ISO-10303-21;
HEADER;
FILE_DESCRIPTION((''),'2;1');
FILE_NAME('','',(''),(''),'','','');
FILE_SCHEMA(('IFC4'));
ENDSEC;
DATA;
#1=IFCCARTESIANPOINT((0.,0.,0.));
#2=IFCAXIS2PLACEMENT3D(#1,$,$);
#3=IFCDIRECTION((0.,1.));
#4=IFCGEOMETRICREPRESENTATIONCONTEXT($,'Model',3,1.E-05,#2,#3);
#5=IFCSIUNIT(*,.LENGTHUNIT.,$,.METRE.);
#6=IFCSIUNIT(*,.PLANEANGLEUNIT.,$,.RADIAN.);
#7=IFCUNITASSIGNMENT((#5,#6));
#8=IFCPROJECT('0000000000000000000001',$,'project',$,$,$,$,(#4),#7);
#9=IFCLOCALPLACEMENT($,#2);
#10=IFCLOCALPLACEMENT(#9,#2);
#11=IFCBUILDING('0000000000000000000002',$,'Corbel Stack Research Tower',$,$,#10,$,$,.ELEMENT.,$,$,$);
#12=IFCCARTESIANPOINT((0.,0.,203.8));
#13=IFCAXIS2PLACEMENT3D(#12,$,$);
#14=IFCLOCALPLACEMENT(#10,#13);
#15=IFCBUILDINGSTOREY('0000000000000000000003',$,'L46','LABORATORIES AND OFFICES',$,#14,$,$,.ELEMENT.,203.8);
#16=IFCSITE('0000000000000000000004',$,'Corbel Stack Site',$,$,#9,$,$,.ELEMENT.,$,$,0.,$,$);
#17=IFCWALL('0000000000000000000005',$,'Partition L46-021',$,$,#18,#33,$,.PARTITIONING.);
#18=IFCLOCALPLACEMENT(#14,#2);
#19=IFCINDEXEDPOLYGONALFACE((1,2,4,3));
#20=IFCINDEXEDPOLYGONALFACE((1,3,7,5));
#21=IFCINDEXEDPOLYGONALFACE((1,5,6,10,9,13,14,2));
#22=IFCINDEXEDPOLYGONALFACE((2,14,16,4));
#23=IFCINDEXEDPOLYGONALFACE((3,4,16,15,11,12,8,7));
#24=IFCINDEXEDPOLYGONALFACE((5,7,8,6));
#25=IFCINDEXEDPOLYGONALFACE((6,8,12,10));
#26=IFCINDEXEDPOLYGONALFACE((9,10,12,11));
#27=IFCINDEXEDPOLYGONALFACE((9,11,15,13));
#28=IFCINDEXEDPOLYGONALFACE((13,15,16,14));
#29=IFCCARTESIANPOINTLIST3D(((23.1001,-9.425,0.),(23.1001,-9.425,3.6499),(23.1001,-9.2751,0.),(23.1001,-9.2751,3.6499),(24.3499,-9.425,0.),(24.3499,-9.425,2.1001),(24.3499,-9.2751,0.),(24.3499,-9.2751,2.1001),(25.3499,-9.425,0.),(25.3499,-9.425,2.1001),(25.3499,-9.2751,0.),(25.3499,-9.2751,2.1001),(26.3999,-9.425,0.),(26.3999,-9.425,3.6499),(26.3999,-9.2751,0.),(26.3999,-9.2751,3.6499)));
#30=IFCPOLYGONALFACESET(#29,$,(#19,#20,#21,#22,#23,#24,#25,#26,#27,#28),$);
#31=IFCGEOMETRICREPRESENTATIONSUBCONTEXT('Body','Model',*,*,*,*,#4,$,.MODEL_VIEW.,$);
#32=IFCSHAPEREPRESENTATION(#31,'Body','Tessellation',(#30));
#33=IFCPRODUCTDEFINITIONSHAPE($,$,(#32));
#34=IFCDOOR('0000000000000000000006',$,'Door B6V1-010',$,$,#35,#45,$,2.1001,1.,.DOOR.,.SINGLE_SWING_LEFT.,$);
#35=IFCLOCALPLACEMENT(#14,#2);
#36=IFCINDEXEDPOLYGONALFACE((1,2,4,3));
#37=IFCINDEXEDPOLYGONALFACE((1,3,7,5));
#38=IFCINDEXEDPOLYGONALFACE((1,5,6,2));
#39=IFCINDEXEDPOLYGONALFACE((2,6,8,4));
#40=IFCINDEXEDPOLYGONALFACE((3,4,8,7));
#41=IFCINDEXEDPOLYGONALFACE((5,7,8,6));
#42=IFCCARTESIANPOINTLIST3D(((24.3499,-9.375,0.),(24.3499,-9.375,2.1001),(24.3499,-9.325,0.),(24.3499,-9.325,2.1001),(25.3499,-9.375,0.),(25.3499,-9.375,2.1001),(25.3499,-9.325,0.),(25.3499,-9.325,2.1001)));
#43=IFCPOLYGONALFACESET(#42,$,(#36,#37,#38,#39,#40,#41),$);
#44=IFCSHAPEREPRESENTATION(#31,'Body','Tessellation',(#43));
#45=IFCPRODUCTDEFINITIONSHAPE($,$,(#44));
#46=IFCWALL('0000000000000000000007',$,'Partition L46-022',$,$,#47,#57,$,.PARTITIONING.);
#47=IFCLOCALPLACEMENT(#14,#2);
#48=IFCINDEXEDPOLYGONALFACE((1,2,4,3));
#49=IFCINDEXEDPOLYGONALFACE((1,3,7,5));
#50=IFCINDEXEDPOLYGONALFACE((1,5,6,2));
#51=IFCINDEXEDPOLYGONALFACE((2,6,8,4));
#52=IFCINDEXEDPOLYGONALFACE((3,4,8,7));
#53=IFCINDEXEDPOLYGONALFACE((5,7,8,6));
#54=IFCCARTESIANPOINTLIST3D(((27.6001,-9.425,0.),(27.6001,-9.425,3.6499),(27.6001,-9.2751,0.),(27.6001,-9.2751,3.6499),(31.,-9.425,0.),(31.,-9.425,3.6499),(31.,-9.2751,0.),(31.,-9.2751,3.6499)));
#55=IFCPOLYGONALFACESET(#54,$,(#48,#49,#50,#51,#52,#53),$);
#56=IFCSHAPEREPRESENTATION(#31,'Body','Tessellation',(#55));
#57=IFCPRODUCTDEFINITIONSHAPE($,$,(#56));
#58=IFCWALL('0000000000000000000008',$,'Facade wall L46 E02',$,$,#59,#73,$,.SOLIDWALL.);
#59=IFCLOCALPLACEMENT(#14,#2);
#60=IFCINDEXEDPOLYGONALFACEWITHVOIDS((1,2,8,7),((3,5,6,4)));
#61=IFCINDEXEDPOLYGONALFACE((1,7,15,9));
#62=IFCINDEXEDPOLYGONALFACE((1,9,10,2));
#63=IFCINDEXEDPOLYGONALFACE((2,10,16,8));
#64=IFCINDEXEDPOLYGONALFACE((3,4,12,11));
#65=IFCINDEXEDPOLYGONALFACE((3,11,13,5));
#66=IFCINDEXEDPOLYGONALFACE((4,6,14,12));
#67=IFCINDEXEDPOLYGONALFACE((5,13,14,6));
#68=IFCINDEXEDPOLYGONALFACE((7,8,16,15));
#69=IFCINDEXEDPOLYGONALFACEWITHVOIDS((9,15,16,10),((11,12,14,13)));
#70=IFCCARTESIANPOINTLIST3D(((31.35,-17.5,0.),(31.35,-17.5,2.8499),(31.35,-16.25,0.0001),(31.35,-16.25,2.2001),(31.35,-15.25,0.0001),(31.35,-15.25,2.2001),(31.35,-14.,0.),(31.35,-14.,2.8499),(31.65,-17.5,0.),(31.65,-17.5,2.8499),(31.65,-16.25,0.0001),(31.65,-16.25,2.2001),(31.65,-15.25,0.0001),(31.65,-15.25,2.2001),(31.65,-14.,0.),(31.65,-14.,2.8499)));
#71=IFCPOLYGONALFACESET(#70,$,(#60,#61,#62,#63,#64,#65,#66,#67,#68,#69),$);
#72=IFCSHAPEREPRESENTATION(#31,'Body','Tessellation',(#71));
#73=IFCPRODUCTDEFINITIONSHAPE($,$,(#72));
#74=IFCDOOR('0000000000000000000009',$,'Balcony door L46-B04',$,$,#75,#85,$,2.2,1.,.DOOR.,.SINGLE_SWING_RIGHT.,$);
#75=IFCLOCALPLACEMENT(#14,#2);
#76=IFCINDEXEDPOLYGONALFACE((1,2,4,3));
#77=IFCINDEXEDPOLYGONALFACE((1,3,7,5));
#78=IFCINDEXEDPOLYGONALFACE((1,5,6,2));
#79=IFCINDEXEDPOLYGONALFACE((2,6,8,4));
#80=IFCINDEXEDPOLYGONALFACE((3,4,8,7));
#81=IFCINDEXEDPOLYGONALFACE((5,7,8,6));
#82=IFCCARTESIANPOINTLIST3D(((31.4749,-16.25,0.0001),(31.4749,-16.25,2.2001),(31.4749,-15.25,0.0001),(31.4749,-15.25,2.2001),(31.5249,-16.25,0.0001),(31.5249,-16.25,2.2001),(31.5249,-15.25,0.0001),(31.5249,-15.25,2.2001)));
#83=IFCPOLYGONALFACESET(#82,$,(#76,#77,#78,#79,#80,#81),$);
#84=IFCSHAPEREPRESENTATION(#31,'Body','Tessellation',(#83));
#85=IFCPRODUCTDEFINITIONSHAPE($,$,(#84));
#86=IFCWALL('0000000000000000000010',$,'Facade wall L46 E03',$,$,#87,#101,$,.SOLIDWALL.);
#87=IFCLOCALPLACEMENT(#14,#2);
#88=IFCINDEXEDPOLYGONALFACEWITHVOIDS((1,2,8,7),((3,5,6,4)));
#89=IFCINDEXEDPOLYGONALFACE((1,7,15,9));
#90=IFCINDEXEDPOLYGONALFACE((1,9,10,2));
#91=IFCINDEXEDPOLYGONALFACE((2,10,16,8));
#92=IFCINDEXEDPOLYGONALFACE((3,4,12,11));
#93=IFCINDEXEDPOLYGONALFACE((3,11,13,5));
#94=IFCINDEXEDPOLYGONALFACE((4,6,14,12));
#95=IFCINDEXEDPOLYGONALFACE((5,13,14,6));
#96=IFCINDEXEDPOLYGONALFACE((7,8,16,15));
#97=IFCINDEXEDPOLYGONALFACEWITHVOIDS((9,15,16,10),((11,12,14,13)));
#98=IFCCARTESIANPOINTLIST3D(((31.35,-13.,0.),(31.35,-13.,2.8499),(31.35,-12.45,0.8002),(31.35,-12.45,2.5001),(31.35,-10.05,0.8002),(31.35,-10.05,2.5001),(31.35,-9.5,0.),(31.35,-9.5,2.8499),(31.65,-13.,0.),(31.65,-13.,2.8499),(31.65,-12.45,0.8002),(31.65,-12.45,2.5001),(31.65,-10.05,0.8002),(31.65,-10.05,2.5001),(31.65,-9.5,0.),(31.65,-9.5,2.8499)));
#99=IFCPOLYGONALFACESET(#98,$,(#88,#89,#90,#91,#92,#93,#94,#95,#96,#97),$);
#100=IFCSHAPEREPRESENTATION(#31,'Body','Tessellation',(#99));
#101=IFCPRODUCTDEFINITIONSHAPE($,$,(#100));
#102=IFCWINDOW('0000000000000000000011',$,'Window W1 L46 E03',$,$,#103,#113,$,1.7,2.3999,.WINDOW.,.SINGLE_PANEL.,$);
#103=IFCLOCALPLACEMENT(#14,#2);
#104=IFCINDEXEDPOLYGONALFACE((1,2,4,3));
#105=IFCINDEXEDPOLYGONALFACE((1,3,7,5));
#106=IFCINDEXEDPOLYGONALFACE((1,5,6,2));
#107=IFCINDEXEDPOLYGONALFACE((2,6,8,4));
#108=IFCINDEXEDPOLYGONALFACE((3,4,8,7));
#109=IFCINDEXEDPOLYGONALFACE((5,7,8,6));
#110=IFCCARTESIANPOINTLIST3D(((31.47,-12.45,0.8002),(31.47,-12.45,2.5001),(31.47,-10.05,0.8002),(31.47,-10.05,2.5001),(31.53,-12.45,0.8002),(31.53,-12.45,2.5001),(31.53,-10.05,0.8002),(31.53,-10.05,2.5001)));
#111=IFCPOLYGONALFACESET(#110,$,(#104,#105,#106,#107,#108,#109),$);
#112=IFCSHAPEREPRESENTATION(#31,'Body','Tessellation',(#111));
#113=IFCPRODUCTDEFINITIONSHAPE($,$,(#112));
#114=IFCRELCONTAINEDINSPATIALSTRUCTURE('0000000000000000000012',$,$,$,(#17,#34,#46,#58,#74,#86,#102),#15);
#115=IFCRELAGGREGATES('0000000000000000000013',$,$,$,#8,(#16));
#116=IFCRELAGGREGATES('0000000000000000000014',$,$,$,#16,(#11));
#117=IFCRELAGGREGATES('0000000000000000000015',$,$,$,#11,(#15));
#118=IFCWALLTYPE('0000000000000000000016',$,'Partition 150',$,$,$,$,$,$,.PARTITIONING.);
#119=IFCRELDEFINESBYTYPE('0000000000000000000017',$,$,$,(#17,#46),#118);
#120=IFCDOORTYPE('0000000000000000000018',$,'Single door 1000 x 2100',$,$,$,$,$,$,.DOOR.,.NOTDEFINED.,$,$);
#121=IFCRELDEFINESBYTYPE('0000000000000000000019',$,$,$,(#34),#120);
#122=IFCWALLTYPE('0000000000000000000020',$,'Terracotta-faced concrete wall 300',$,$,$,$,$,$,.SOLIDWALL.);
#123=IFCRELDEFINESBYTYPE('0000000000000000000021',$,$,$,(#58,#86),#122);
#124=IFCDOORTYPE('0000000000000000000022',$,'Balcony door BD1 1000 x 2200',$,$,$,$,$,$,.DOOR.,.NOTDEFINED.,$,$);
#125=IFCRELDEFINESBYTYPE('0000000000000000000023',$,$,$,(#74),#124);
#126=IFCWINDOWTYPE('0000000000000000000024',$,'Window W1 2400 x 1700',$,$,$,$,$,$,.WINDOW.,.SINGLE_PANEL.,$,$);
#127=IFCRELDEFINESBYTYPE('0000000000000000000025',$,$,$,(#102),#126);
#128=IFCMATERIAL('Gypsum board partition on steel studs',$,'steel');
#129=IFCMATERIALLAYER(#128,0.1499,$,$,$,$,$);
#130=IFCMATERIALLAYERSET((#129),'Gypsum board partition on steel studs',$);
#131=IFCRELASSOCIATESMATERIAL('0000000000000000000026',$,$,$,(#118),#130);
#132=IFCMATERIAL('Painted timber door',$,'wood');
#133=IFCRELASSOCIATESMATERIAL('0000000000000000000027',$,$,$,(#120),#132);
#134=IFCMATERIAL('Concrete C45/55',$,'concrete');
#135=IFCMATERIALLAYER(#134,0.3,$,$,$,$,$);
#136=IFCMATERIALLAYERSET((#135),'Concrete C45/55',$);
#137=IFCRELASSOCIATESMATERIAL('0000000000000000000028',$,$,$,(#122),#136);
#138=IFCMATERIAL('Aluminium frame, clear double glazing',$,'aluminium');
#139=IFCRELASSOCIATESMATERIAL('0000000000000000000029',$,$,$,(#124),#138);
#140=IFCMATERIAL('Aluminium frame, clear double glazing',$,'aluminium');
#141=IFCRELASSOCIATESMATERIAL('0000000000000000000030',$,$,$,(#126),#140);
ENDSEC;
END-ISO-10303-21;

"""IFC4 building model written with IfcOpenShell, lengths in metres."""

from ifc_helpers import new_model, si_unit, direction, frame, frame_2d, origin, place, context, subcontext, project, spatial, rectangle, extrude, material, layer, layer_set, type_object, element, fill, save


model = new_model("IFC4")

# Units and contexts
model_context = context("Model", 3, precision=1e-05, world=origin(), true_north=direction((0.0, 1.0)))
body_context = subcontext(model_context, "Body", "Model", "MODEL_VIEW")
ifc_project = project(units=[si_unit("LENGTHUNIT", "METRE"), si_unit("PLANEANGLEUNIT", "RADIAN")], contexts=[model_context])

# Site, building, storey
site_placement = place(None, origin())
site = spatial("IfcSite", under=ifc_project, at=site_placement, Name="Corbel Stack Site", CompositionType="ELEMENT", RefElevation=0.0)
building_placement = place(site_placement, origin())
building = spatial("IfcBuilding", under=site, at=building_placement, Name="Corbel Stack Research Tower", CompositionType="ELEMENT")
storey_placement = place(building_placement, frame((0.0, 0.0, 203.8)))
storey = spatial("IfcBuildingStorey", under=building, at=storey_placement, Name="L46", Description="LABORATORIES AND OFFICES", CompositionType="ELEMENT", Elevation=203.8)

# Shared definitions
ifc_material_1 = material(Name="Gypsum board partition on steel studs", Category="steel")
ifc_layer_1 = layer(ifc_material_1, 0.1499)
ifc_layer_set_1 = layer_set([ifc_layer_1], Name="Gypsum board partition on steel studs")
wall_type_1 = type_object("IfcWallType", Name="Partition 150", PredefinedType="PARTITIONING", material=ifc_layer_set_1)
ifc_material_2 = material(Name="Painted timber door", Category="wood")
door_type_1 = type_object("IfcDoorType", Name="Single door 1000 x 2100", OperationType="NOTDEFINED", PredefinedType="DOOR", material=ifc_material_2)

# Wall, opening, door
wall_1_placement = place(storey_placement, frame((26.3999, -9.3501, 0.0), z_axis=(0.0, 0.0, 1.0), x_axis=(-1.0, 0.0, 0.0)))
wall_1 = element("IfcWall", 1, at=wall_1_placement, inside=storey, type_object=wall_type_1, Name="Partition L46-021", PredefinedType="PARTITIONING", context=body_context, shape_type="SweptSolid", body=[
    extrude(rectangle(XDim=3.2998, YDim=0.1499, at=frame_2d((1.6499, 0.0))), origin(), (0.0, 0.0, 1.0), 3.6499),
])
opening_1_placement = place(wall_1_placement, frame((1.05, 0.0, 0.0)))
opening_1 = element("IfcOpeningElement", 2, at=opening_1_placement, cuts=wall_1, PredefinedType="OPENING", context=body_context, shape_type="SweptSolid", body=[
    extrude(rectangle(XDim=1.0, YDim=2.1001, at=frame_2d((0.5, 1.05))), frame((0.0, 0.085, 0.0), z_axis=(0.0, -1.0, 0.0), x_axis=(1.0, 0.0, 0.0)), (0.0, 0.0, 1.0), 0.1699),
])
door_1_placement = place(opening_1_placement, origin())
door_1 = element("IfcDoor", 3, at=door_1_placement, inside=storey, type_object=door_type_1, Name="Door B6V1-010", OperationType="SINGLE_SWING_LEFT", OverallHeight=2.1001, OverallWidth=1.0, PredefinedType="DOOR", context=body_context, shape_type="SweptSolid", body=[
    extrude(rectangle(XDim=1.0, YDim=2.1001, at=frame_2d((0.5, 1.05))), frame((0.0, 0.0249, 0.0), z_axis=(0.0, -1.0, 0.0), x_axis=(1.0, 0.0, 0.0)), (0.0, 0.0, 1.0), 0.05),
])
fill(opening_1, door_1)

# Wall
wall_2_placement = place(storey_placement, frame((27.6001, -9.3501, 0.0), z_axis=(0.0, 0.0, 1.0), x_axis=(1.0, 0.0, 0.0)))
element("IfcWall", 4, at=wall_2_placement, inside=storey, type_object=wall_type_1, Name="Partition L46-022", PredefinedType="PARTITIONING", context=body_context, shape_type="SweptSolid", body=[
    extrude(rectangle(XDim=3.3999, YDim=0.1499, at=frame_2d((1.7, 0.0))), origin(), (0.0, 0.0, 1.0), 3.6499),
])

# Wall, opening, door
ifc_material_3 = material(Name="Concrete C45/55", Category="concrete")
ifc_layer_2 = layer(ifc_material_3, 0.3)
ifc_layer_set_2 = layer_set([ifc_layer_2], Name="Concrete C45/55")
wall_type_2 = type_object("IfcWallType", Name="Terracotta-faced concrete wall 300", PredefinedType="SOLIDWALL", material=ifc_layer_set_2)
wall_3_placement = place(storey_placement, frame((31.5, -14.0, 0.0), z_axis=(0.0, 0.0, 1.0), x_axis=(0.0, -1.0, 0.0)))
wall_3 = element("IfcWall", 5, at=wall_3_placement, inside=storey, type_object=wall_type_2, Name="Facade wall L46 E02", PredefinedType="SOLIDWALL", context=body_context, shape_type="SweptSolid", body=[
    extrude(rectangle(XDim=3.5, YDim=0.3, at=frame_2d((1.75, 0.0))), origin(), (0.0, 0.0, 1.0), 2.8499),
])
opening_2_placement = place(wall_3_placement, frame((1.25, 0.0, 0.0)))
opening_2 = element("IfcOpeningElement", 6, at=opening_2_placement, cuts=wall_3, PredefinedType="OPENING", context=body_context, shape_type="SweptSolid", body=[
    extrude(rectangle(XDim=1.0, YDim=2.2, at=frame_2d((0.5, 1.1001))), frame((0.0, 0.1599, 0.0), z_axis=(0.0, -1.0, 0.0), x_axis=(1.0, 0.0, 0.0)), (0.0, 0.0, 1.0), 0.3201),
])
ifc_material_4 = material(Name="Aluminium frame, clear double glazing", Category="aluminium")
door_type_2 = type_object("IfcDoorType", Name="Balcony door BD1 1000 x 2200", OperationType="NOTDEFINED", PredefinedType="DOOR", material=ifc_material_4)
door_2_placement = place(opening_2_placement, origin())
door_2 = element("IfcDoor", 7, at=door_2_placement, inside=storey, type_object=door_type_2, Name="Balcony door L46-B04", OperationType="SINGLE_SWING_RIGHT", OverallHeight=2.2, OverallWidth=1.0, PredefinedType="DOOR", context=body_context, shape_type="SweptSolid", body=[
    extrude(rectangle(XDim=1.0, YDim=2.2, at=frame_2d((0.5, 1.1001))), frame((0.0, 0.0249, 0.0), z_axis=(0.0, -1.0, 0.0), x_axis=(1.0, 0.0, 0.0)), (0.0, 0.0, 1.0), 0.05),
])
fill(opening_2, door_2)

# Wall, opening, window
wall_4_placement = place(storey_placement, frame((31.5, -9.5, 0.0), z_axis=(0.0, 0.0, 1.0), x_axis=(0.0, -1.0, 0.0)))
wall_4 = element("IfcWall", 8, at=wall_4_placement, inside=storey, type_object=wall_type_2, Name="Facade wall L46 E03", PredefinedType="SOLIDWALL", context=body_context, shape_type="SweptSolid", body=[
    extrude(rectangle(XDim=3.5, YDim=0.3, at=frame_2d((1.75, 0.0))), origin(), (0.0, 0.0, 1.0), 2.8499),
])
opening_3_placement = place(wall_4_placement, frame((0.55, 0.0, 0.8)))
opening_3 = element("IfcOpeningElement", 9, at=opening_3_placement, cuts=wall_4, PredefinedType="OPENING", context=body_context, shape_type="SweptSolid", body=[
    extrude(rectangle(XDim=2.3999, YDim=1.7, at=frame_2d((1.2, 0.8501))), frame((0.0, 0.1599, 0.0), z_axis=(0.0, -1.0, 0.0), x_axis=(1.0, 0.0, 0.0)), (0.0, 0.0, 1.0), 0.3201),
])
ifc_material_5 = material(Name="Aluminium frame, clear double glazing", Category="aluminium")
window_type = type_object("IfcWindowType", Name="Window W1 2400 x 1700", PartitioningType="SINGLE_PANEL", PredefinedType="WINDOW", material=ifc_material_5)
window_placement = place(opening_3_placement, origin())
window = element("IfcWindow", 10, at=window_placement, inside=storey, type_object=window_type, Name="Window W1 L46 E03", OverallHeight=1.7, OverallWidth=2.3999, PartitioningType="SINGLE_PANEL", PredefinedType="WINDOW", context=body_context, shape_type="SweptSolid", body=[
    extrude(rectangle(XDim=2.3999, YDim=1.7, at=frame_2d((1.2, 0.8501))), frame((0.0, 0.03, 0.0), z_axis=(0.0, -1.0, 0.0), x_axis=(1.0, 0.0, 0.0)), (0.0, 0.0, 1.0), 0.0601),
])
fill(opening_3, window)

save(model, "model.ifc")
